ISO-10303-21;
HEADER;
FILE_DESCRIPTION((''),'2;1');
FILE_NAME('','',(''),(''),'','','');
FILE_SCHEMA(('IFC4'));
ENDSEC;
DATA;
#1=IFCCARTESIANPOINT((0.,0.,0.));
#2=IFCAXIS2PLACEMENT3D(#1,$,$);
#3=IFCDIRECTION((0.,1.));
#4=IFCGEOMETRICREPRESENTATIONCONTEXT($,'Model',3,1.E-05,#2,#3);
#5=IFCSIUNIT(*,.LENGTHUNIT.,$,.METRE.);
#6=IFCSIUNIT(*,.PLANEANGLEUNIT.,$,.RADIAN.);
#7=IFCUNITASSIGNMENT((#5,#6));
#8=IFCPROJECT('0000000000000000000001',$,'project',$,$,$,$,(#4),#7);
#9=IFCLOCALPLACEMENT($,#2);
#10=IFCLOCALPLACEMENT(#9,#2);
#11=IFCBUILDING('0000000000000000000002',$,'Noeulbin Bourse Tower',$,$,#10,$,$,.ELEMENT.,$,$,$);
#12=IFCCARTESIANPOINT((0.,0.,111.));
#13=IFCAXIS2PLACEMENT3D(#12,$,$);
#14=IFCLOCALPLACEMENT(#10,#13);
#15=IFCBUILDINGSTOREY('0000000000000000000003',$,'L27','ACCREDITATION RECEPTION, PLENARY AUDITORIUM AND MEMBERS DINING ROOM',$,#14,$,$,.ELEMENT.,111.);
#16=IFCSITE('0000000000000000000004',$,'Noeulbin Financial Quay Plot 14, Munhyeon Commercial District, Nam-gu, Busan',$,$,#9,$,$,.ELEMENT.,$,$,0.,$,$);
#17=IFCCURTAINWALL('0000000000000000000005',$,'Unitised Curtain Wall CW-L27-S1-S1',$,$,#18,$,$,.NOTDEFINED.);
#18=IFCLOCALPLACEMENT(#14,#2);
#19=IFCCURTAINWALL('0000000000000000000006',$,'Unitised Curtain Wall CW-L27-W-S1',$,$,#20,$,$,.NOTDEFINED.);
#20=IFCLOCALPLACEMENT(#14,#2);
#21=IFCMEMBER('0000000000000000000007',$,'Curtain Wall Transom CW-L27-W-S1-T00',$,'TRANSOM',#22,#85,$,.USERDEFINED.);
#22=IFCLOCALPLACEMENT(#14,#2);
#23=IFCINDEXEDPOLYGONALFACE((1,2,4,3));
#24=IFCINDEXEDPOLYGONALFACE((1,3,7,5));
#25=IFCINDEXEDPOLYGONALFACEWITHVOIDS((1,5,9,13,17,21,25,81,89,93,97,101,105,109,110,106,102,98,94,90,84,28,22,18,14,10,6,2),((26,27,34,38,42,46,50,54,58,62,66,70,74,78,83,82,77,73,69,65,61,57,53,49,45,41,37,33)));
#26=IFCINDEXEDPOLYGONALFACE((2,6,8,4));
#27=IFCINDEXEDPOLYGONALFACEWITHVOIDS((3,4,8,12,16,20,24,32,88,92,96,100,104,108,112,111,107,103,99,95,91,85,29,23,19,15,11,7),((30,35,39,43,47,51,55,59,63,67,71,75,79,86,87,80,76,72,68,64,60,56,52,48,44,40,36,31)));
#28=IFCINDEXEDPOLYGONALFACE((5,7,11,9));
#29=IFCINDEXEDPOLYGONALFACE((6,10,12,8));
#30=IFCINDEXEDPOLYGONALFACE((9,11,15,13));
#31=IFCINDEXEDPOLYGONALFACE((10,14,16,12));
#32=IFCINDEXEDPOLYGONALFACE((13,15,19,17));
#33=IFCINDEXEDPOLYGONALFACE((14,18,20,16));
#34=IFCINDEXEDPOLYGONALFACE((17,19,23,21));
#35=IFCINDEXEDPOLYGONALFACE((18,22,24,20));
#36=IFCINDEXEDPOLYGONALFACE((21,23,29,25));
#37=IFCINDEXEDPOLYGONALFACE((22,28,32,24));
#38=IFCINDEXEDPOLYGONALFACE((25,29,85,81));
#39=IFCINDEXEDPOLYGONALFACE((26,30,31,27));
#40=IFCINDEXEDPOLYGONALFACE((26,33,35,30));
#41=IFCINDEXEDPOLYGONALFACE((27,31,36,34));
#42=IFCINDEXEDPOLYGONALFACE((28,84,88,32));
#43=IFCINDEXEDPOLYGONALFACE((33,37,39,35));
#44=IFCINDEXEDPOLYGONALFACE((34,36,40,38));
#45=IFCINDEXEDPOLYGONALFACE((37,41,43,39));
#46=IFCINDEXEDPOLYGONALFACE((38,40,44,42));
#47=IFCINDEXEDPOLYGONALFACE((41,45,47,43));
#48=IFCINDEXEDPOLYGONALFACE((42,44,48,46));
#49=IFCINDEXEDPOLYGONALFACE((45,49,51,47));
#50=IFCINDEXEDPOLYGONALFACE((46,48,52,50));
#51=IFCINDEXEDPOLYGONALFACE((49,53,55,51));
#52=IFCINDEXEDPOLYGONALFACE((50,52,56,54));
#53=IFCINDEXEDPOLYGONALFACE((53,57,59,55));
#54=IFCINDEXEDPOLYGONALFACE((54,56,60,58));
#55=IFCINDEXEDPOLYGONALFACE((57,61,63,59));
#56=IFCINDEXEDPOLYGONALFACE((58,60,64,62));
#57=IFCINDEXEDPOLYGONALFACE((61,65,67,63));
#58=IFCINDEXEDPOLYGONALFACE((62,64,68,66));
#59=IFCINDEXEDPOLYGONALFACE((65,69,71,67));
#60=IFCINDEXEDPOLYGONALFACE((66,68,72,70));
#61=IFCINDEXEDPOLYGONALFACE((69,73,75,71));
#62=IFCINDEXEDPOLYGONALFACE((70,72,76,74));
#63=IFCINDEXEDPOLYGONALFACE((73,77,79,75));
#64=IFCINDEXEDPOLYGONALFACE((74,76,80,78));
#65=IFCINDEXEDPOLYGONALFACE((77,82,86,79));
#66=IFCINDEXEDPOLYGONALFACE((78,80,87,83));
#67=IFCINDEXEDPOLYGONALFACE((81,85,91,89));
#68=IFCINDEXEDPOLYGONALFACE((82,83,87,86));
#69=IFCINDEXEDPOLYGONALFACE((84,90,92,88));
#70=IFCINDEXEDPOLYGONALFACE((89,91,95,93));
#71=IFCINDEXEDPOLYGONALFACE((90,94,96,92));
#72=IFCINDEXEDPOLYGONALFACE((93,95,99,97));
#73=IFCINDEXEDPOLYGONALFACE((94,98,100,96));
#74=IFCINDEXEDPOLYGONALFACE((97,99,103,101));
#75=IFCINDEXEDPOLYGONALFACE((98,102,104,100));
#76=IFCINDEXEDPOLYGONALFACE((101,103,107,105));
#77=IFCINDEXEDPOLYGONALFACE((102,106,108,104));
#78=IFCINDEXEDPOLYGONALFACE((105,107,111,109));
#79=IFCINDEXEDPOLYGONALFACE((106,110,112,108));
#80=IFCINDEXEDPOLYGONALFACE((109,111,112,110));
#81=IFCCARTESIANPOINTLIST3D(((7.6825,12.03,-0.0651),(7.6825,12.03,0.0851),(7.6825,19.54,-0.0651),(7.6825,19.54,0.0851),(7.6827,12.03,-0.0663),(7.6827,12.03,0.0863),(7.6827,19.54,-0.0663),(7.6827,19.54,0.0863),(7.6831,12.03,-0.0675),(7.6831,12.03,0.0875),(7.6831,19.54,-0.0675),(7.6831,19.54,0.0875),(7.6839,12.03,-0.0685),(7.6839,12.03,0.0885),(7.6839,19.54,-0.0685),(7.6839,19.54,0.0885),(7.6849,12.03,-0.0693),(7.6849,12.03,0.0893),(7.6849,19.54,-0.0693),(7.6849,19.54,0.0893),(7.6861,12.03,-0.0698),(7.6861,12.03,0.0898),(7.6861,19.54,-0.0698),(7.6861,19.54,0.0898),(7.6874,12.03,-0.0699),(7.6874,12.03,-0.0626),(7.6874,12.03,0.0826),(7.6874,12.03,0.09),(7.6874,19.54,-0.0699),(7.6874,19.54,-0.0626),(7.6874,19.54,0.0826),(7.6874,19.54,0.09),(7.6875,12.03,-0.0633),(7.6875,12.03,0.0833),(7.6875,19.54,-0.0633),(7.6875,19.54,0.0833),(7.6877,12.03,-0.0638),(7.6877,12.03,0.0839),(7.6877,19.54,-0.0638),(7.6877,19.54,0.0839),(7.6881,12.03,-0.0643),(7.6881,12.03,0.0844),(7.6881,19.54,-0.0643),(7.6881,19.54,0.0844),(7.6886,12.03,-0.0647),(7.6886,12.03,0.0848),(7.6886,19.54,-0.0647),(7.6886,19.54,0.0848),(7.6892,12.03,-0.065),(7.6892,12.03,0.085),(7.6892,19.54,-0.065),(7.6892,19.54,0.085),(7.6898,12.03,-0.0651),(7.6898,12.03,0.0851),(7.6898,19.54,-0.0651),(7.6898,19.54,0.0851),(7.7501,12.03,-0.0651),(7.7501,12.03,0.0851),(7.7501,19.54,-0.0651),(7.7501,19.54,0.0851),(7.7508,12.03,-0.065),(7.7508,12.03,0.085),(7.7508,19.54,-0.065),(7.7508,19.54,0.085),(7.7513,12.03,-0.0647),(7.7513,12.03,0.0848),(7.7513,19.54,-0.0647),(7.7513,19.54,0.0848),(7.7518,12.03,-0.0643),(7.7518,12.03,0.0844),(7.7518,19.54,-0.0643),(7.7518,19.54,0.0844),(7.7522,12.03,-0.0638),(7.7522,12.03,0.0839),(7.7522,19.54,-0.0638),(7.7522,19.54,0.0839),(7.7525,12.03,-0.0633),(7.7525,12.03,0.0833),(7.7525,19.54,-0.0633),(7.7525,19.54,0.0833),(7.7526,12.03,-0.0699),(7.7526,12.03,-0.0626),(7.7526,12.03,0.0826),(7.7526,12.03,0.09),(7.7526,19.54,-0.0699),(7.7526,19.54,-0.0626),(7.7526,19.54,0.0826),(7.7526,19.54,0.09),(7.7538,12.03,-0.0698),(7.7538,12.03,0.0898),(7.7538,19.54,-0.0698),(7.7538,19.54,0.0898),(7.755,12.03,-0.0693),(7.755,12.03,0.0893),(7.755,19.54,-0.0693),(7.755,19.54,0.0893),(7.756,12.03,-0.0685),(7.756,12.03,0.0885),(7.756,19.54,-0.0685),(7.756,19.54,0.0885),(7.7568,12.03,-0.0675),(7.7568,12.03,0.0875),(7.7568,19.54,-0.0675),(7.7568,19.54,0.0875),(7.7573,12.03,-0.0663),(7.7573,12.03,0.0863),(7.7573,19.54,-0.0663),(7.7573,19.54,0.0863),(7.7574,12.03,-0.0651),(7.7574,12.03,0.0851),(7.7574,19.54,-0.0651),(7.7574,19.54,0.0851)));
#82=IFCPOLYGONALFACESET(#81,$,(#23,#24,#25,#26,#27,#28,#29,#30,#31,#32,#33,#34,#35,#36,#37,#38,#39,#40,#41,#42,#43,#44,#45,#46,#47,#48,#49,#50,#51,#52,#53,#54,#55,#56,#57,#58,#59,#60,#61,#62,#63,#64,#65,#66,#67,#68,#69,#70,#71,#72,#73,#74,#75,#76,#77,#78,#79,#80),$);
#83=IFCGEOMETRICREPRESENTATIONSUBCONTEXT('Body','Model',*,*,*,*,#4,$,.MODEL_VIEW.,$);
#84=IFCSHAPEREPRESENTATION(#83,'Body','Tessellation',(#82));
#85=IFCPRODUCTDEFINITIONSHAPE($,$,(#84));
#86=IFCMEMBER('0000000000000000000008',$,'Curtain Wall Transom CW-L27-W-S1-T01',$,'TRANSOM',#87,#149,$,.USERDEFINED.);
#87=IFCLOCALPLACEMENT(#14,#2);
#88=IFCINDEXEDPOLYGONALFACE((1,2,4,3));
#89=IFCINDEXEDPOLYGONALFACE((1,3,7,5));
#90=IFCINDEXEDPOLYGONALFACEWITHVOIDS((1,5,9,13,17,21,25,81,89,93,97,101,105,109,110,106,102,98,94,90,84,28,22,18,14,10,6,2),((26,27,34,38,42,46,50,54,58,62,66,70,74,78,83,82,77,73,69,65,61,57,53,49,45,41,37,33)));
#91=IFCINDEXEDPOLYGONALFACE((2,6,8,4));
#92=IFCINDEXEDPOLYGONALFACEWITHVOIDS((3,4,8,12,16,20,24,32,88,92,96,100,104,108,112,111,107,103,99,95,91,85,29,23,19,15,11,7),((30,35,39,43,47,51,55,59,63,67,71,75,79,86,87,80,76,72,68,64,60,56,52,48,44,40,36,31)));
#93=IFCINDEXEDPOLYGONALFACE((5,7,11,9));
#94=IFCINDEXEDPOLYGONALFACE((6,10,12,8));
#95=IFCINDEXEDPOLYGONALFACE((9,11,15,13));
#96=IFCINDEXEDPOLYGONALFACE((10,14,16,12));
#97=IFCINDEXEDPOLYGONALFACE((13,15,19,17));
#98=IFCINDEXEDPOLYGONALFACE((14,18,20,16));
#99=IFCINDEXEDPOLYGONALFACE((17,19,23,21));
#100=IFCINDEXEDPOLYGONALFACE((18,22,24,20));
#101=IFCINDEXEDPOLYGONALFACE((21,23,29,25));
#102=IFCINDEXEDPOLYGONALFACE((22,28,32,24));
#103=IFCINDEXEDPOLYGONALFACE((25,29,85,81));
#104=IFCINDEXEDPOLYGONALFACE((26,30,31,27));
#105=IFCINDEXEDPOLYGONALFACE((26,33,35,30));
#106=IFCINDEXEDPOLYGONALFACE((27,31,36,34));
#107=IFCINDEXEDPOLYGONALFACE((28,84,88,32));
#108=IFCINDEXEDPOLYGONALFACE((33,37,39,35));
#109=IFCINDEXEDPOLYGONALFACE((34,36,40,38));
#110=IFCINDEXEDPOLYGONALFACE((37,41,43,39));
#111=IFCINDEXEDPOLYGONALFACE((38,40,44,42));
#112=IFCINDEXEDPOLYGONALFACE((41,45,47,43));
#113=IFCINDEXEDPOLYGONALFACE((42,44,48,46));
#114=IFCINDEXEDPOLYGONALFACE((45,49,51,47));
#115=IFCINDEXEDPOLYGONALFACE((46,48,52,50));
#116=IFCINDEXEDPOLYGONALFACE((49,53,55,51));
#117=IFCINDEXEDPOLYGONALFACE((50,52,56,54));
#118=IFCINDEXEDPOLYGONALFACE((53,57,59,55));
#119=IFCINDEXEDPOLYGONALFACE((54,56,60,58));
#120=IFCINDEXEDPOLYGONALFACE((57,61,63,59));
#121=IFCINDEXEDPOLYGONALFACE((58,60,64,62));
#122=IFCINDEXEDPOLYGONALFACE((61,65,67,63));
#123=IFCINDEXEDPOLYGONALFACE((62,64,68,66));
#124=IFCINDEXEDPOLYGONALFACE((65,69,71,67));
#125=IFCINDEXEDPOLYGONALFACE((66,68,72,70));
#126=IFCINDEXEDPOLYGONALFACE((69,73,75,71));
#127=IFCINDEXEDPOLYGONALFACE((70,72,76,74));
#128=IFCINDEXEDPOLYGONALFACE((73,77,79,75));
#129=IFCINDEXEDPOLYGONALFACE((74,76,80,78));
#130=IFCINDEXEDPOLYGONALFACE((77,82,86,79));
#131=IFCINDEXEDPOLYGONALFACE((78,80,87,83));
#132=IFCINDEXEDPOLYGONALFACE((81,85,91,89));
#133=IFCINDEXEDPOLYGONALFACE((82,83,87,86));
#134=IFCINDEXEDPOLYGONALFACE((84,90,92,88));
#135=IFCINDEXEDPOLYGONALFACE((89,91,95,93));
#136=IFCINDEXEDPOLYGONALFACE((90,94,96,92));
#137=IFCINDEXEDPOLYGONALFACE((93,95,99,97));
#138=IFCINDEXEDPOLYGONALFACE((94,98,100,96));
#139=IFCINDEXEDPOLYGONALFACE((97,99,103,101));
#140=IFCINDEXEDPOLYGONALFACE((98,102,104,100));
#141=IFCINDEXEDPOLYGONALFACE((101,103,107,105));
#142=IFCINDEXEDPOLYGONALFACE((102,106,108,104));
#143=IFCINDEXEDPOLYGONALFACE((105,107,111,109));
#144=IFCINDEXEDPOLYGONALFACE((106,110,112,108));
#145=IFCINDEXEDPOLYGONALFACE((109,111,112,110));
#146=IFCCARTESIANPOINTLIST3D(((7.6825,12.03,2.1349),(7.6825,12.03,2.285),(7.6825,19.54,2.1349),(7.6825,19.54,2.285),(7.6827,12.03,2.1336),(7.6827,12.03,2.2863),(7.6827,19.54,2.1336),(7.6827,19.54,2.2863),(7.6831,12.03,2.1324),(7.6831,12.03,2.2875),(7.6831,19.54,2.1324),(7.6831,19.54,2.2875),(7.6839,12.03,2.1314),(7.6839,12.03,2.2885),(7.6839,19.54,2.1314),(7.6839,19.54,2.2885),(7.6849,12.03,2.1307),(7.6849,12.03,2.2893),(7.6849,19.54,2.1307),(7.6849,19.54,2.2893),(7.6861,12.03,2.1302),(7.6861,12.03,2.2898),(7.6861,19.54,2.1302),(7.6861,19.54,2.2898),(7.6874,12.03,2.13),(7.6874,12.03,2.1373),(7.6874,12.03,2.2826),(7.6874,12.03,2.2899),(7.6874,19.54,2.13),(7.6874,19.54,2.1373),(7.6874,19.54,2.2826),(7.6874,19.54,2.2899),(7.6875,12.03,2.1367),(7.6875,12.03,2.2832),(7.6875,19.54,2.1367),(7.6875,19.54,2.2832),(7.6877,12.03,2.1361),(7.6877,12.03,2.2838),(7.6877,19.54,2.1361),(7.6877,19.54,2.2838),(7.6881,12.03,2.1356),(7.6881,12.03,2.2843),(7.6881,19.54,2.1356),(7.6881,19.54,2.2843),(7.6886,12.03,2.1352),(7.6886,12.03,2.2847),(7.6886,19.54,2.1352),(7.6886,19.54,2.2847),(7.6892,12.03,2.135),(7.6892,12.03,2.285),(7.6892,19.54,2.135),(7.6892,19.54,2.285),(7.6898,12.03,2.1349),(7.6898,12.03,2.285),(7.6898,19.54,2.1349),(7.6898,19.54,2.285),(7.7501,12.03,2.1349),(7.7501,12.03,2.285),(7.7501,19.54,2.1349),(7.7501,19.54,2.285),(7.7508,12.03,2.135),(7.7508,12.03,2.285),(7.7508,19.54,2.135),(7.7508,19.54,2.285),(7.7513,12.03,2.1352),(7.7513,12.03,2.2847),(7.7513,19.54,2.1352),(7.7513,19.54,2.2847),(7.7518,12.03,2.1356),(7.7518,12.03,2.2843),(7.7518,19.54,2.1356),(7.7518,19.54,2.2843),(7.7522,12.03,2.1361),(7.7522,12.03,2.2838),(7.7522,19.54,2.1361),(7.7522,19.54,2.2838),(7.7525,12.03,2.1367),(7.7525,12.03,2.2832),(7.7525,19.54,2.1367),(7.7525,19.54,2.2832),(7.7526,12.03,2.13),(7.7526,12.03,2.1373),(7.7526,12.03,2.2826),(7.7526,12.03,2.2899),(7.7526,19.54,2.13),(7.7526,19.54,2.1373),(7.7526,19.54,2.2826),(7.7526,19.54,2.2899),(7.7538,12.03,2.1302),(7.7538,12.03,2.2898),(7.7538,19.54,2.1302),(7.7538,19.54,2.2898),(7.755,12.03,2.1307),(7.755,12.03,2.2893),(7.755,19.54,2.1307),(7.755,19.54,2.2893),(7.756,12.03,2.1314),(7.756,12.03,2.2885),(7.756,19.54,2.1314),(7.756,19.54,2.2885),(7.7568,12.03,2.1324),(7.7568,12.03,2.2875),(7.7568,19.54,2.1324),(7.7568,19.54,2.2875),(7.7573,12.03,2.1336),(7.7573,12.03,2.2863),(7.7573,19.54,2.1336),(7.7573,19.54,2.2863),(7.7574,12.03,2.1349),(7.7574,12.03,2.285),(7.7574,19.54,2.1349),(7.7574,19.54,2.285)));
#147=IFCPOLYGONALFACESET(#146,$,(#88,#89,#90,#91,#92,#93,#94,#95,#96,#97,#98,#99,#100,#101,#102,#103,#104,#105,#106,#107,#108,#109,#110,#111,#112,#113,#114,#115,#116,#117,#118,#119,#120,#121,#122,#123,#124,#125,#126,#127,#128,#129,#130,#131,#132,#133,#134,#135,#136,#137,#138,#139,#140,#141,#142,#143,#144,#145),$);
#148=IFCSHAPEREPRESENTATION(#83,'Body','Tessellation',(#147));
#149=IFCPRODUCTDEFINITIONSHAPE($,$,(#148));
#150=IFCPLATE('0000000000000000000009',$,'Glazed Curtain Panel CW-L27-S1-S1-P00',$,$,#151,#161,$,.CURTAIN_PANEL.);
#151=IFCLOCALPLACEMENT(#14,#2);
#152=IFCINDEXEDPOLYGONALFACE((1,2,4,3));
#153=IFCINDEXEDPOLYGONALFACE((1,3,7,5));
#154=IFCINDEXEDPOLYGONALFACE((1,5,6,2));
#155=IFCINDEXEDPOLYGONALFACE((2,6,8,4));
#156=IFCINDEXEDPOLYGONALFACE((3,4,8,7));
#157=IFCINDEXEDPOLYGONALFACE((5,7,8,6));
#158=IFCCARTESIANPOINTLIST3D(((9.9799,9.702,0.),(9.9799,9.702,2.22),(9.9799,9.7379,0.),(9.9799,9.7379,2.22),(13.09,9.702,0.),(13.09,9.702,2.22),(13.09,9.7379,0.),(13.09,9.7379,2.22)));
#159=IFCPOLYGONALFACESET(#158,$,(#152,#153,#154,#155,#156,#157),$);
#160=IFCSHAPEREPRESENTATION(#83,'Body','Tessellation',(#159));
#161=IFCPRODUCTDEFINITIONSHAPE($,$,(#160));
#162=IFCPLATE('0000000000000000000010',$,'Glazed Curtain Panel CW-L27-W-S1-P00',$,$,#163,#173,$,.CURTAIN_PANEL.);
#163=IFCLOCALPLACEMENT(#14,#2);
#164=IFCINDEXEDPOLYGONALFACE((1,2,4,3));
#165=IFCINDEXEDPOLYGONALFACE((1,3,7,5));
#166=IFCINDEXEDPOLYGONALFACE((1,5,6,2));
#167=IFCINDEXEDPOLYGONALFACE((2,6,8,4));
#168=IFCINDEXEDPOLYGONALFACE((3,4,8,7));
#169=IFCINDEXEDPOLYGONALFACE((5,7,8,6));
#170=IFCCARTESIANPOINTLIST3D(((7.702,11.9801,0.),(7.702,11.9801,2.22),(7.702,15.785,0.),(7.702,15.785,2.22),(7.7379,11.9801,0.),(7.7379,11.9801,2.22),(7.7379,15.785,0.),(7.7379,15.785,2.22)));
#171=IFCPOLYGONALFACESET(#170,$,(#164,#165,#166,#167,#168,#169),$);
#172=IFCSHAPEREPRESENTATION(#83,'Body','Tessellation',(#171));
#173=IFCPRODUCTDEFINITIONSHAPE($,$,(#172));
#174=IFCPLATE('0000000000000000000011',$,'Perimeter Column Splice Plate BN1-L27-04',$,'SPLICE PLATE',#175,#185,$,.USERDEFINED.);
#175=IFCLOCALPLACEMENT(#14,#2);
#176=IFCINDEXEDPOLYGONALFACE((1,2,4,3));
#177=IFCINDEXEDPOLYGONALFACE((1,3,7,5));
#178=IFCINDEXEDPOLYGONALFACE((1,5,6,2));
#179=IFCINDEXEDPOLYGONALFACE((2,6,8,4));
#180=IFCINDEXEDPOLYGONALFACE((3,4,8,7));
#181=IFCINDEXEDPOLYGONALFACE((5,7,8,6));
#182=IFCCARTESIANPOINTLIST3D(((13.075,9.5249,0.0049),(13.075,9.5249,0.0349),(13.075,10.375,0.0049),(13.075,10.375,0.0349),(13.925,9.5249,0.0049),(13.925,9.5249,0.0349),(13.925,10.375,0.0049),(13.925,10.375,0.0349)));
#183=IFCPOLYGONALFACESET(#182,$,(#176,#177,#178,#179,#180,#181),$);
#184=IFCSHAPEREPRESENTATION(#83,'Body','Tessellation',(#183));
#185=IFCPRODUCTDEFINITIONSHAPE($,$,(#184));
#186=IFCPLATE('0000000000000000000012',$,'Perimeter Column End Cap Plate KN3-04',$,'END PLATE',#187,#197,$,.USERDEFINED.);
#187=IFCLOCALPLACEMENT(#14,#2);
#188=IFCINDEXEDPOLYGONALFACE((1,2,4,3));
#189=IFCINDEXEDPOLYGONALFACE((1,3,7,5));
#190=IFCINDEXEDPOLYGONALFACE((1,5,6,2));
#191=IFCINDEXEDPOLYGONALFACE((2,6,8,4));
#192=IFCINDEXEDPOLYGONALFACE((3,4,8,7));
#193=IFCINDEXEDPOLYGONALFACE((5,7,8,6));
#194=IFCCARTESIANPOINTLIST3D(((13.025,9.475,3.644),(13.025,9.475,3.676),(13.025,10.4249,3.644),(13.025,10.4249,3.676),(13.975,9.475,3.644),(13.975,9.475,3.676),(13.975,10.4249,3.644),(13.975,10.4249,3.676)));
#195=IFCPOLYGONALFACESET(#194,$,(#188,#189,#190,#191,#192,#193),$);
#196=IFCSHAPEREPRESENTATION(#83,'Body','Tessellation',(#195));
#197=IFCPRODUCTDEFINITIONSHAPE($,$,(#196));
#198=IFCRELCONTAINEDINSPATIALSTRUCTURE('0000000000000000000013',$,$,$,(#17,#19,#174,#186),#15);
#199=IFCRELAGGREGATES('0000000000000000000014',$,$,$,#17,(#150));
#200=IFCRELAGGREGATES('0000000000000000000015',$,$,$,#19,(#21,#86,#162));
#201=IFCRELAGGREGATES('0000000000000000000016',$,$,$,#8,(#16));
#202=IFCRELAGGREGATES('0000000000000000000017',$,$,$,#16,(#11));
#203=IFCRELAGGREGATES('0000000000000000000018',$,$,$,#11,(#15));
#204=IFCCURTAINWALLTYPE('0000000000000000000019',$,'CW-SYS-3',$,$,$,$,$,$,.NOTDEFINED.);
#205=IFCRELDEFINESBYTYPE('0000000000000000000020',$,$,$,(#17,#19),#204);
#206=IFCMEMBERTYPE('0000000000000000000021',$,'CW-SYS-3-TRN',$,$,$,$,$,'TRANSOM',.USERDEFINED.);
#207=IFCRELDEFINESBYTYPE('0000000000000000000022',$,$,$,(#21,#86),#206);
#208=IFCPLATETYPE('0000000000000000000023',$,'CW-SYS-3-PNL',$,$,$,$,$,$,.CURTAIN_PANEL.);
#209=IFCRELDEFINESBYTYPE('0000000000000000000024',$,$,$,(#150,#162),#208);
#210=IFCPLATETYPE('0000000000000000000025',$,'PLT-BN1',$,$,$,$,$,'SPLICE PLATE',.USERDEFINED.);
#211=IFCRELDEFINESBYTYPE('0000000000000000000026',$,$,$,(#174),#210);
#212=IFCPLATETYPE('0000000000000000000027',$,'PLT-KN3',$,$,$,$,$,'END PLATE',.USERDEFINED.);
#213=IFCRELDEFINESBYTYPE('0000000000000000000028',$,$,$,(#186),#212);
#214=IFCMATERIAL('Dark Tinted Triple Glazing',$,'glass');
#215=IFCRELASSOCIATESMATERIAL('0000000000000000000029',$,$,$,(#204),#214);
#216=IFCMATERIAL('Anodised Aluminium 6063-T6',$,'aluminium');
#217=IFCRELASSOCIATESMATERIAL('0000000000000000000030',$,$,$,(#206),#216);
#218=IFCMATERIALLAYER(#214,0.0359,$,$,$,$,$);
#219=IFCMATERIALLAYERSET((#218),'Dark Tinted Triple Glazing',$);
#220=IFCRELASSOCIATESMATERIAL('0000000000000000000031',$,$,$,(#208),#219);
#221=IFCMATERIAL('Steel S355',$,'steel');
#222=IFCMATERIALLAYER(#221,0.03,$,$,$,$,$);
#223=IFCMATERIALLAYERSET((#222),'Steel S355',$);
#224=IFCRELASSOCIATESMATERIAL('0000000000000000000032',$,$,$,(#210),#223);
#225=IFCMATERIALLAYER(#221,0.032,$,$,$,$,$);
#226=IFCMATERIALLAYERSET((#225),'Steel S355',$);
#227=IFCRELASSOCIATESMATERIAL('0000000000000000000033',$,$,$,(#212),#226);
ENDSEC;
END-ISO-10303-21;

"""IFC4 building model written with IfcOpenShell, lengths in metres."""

from ifc_helpers import new_model, si_unit, direction, frame, origin, origin_2d, place, context, subcontext, project, spatial, rectangle, hollow_rectangle, extrude, material, layer, layer_set, material_profile, profile_set, type_object, element, aggregate, save


model = new_model("IFC4")

# Units and contexts
model_context = context("Model", 3, precision=1e-05, world=origin(), true_north=direction((0.0, 1.0)))
body_context = subcontext(model_context, "Body", "Model", "MODEL_VIEW")
ifc_project = project(units=[si_unit("LENGTHUNIT", "METRE"), si_unit("PLANEANGLEUNIT", "RADIAN")], contexts=[model_context])

# Site, building, storey
site_placement = place(None, origin())
site = spatial("IfcSite", under=ifc_project, at=site_placement, Name="Noeulbin Financial Quay Plot 14, Munhyeon Commercial District, Nam-gu, Busan", CompositionType="ELEMENT", RefElevation=0.0)
building_placement = place(site_placement, origin())
building = spatial("IfcBuilding", under=site, at=building_placement, Name="Noeulbin Bourse Tower", CompositionType="ELEMENT")
storey_placement = place(building_placement, frame((0.0, 0.0, 111.0)))
storey = spatial("IfcBuildingStorey", under=building, at=storey_placement, Name="L27", Description="ACCREDITATION RECEPTION, PLENARY AUDITORIUM AND MEMBERS DINING ROOM", CompositionType="ELEMENT", Elevation=111.0)

# Shared definitions
ifc_material_1 = material(Name="Steel S355", Category="steel")

# Curtain wall
ifc_material_2 = material(Name="Dark Tinted Triple Glazing", Category="glass")
curtain_wall_type = type_object("IfcCurtainWallType", Name="CW-SYS-3", PredefinedType="NOTDEFINED", material=ifc_material_2)
curtain_wall_1_placement = place(storey_placement, origin())
curtain_wall_1 = element("IfcCurtainWall", 1, at=curtain_wall_1_placement, inside=storey, type_object=curtain_wall_type, Name="Unitised Curtain Wall CW-L27-S1-S1", PredefinedType="NOTDEFINED")
ifc_material_3 = material(Name="Anodised Aluminium 6063-T6", Category="aluminium")

# Curtain wall
curtain_wall_2_placement = place(storey_placement, origin())
curtain_wall_2 = element("IfcCurtainWall", 2, at=curtain_wall_2_placement, inside=storey, type_object=curtain_wall_type, Name="Unitised Curtain Wall CW-L27-W-S1", PredefinedType="NOTDEFINED")

# Members
ifc_material_profile_1 = material_profile(ifc_material_3, hollow_rectangle(XDim=0.075, YDim=0.1599, WallThickness=0.0049, InnerFilletRadius=0.0024, OuterFilletRadius=0.0049, at=origin_2d()), Name="ALU-TRAN-75x160x5", Category="LoadBearing")
ifc_profile_set_1 = profile_set([ifc_material_profile_1], Name="Anodised Aluminium 6063-T6")
member_type_1 = type_object("IfcMemberType", Name="CW-SYS-3-TRN", ElementType="TRANSOM", PredefinedType="USERDEFINED", material=ifc_profile_set_1)
member_1_placement = place(storey_placement, frame((7.72, 12.03, 0.01), z_axis=(0.0, 1.0, 0.0), x_axis=(-1.0, 0.0, 0.0)))
member_1 = element("IfcMember", 3, at=member_1_placement, type_object=member_type_1, Name="Curtain Wall Transom CW-L27-W-S1-T00", ObjectType="TRANSOM", PredefinedType="USERDEFINED", context=body_context, shape_type="SweptSolid", body=[
    extrude(hollow_rectangle(XDim=0.075, YDim=0.1599, WallThickness=0.0049, InnerFilletRadius=0.0024, OuterFilletRadius=0.0049, at=origin_2d()), origin(), (0.0, 0.0, 1.0), 7.51),
])
member_2_placement = place(storey_placement, frame((7.72, 12.03, 2.21), z_axis=(0.0, 1.0, 0.0), x_axis=(-1.0, 0.0, 0.0)))
member_2 = element("IfcMember", 4, at=member_2_placement, type_object=member_type_1, Name="Curtain Wall Transom CW-L27-W-S1-T01", ObjectType="TRANSOM", PredefinedType="USERDEFINED", context=body_context, shape_type="SweptSolid", body=[
    extrude(hollow_rectangle(XDim=0.075, YDim=0.1599, WallThickness=0.0049, InnerFilletRadius=0.0024, OuterFilletRadius=0.0049, at=origin_2d()), origin(), (0.0, 0.0, 1.0), 7.51),
])

# Plates
ifc_layer_1 = layer(ifc_material_2, 0.0359)
ifc_layer_set_1 = layer_set([ifc_layer_1], Name="Dark Tinted Triple Glazing")
plate_type_1 = type_object("IfcPlateType", Name="CW-SYS-3-PNL", PredefinedType="CURTAIN_PANEL", material=ifc_layer_set_1)
plate_1_placement = place(storey_placement, frame((11.5349, 9.72, 0.0), z_axis=(0.0, 0.0, 1.0), x_axis=(1.0, 0.0, 0.0)))
plate_1 = element("IfcPlate", 5, at=plate_1_placement, type_object=plate_type_1, Name="Glazed Curtain Panel CW-L27-S1-S1-P00", PredefinedType="CURTAIN_PANEL", context=body_context, shape_type="SweptSolid", body=[
    extrude(rectangle(XDim=3.1101, YDim=0.0359, at=origin_2d()), origin(), (0.0, 0.0, 1.0), 2.22),
])
aggregate(curtain_wall_1, [plate_1])
plate_2_placement = place(storey_placement, frame((7.72, 13.8826, 0.0), z_axis=(0.0, 0.0, 1.0), x_axis=(0.0, 1.0, 0.0)))
plate_2 = element("IfcPlate", 6, at=plate_2_placement, type_object=plate_type_1, Name="Glazed Curtain Panel CW-L27-W-S1-P00", PredefinedType="CURTAIN_PANEL", context=body_context, shape_type="SweptSolid", body=[
    extrude(rectangle(XDim=3.8049, YDim=0.0359, at=origin_2d()), origin(), (0.0, 0.0, 1.0), 2.22),
])
aggregate(curtain_wall_2, [member_1, member_2, plate_2])

# Plates
ifc_layer_2 = layer(ifc_material_1, 0.03)
ifc_layer_set_2 = layer_set([ifc_layer_2], Name="Steel S355")
plate_type_2 = type_object("IfcPlateType", Name="PLT-BN1", ElementType="SPLICE PLATE", PredefinedType="USERDEFINED", material=ifc_layer_set_2)
plate_3_placement = place(storey_placement, frame((13.5, 9.95, 0.0049), z_axis=(0.0, 0.0, 1.0), x_axis=(1.0, 0.0, 0.0)))
element("IfcPlate", 7, at=plate_3_placement, inside=storey, type_object=plate_type_2, Name="Perimeter Column Splice Plate BN1-L27-04", ObjectType="SPLICE PLATE", PredefinedType="USERDEFINED", context=body_context, shape_type="SweptSolid", body=[
    extrude(rectangle(XDim=0.8501, YDim=0.8501, at=origin_2d()), origin(), (0.0, 0.0, 1.0), 0.03),
])
ifc_layer_3 = layer(ifc_material_1, 0.032)
ifc_layer_set_3 = layer_set([ifc_layer_3], Name="Steel S355")
plate_type_3 = type_object("IfcPlateType", Name="PLT-KN3", ElementType="END PLATE", PredefinedType="USERDEFINED", material=ifc_layer_set_3)
plate_4_placement = place(storey_placement, frame((13.5, 9.95, 3.644), z_axis=(0.0, 0.0, 1.0), x_axis=(1.0, 0.0, 0.0)))
element("IfcPlate", 8, at=plate_4_placement, inside=storey, type_object=plate_type_3, Name="Perimeter Column End Cap Plate KN3-04", ObjectType="END PLATE", PredefinedType="USERDEFINED", context=body_context, shape_type="SweptSolid", body=[
    extrude(rectangle(XDim=0.95, YDim=0.95, at=origin_2d()), origin(), (0.0, 0.0, 1.0), 0.032),
])

save(model, "model.ifc")
